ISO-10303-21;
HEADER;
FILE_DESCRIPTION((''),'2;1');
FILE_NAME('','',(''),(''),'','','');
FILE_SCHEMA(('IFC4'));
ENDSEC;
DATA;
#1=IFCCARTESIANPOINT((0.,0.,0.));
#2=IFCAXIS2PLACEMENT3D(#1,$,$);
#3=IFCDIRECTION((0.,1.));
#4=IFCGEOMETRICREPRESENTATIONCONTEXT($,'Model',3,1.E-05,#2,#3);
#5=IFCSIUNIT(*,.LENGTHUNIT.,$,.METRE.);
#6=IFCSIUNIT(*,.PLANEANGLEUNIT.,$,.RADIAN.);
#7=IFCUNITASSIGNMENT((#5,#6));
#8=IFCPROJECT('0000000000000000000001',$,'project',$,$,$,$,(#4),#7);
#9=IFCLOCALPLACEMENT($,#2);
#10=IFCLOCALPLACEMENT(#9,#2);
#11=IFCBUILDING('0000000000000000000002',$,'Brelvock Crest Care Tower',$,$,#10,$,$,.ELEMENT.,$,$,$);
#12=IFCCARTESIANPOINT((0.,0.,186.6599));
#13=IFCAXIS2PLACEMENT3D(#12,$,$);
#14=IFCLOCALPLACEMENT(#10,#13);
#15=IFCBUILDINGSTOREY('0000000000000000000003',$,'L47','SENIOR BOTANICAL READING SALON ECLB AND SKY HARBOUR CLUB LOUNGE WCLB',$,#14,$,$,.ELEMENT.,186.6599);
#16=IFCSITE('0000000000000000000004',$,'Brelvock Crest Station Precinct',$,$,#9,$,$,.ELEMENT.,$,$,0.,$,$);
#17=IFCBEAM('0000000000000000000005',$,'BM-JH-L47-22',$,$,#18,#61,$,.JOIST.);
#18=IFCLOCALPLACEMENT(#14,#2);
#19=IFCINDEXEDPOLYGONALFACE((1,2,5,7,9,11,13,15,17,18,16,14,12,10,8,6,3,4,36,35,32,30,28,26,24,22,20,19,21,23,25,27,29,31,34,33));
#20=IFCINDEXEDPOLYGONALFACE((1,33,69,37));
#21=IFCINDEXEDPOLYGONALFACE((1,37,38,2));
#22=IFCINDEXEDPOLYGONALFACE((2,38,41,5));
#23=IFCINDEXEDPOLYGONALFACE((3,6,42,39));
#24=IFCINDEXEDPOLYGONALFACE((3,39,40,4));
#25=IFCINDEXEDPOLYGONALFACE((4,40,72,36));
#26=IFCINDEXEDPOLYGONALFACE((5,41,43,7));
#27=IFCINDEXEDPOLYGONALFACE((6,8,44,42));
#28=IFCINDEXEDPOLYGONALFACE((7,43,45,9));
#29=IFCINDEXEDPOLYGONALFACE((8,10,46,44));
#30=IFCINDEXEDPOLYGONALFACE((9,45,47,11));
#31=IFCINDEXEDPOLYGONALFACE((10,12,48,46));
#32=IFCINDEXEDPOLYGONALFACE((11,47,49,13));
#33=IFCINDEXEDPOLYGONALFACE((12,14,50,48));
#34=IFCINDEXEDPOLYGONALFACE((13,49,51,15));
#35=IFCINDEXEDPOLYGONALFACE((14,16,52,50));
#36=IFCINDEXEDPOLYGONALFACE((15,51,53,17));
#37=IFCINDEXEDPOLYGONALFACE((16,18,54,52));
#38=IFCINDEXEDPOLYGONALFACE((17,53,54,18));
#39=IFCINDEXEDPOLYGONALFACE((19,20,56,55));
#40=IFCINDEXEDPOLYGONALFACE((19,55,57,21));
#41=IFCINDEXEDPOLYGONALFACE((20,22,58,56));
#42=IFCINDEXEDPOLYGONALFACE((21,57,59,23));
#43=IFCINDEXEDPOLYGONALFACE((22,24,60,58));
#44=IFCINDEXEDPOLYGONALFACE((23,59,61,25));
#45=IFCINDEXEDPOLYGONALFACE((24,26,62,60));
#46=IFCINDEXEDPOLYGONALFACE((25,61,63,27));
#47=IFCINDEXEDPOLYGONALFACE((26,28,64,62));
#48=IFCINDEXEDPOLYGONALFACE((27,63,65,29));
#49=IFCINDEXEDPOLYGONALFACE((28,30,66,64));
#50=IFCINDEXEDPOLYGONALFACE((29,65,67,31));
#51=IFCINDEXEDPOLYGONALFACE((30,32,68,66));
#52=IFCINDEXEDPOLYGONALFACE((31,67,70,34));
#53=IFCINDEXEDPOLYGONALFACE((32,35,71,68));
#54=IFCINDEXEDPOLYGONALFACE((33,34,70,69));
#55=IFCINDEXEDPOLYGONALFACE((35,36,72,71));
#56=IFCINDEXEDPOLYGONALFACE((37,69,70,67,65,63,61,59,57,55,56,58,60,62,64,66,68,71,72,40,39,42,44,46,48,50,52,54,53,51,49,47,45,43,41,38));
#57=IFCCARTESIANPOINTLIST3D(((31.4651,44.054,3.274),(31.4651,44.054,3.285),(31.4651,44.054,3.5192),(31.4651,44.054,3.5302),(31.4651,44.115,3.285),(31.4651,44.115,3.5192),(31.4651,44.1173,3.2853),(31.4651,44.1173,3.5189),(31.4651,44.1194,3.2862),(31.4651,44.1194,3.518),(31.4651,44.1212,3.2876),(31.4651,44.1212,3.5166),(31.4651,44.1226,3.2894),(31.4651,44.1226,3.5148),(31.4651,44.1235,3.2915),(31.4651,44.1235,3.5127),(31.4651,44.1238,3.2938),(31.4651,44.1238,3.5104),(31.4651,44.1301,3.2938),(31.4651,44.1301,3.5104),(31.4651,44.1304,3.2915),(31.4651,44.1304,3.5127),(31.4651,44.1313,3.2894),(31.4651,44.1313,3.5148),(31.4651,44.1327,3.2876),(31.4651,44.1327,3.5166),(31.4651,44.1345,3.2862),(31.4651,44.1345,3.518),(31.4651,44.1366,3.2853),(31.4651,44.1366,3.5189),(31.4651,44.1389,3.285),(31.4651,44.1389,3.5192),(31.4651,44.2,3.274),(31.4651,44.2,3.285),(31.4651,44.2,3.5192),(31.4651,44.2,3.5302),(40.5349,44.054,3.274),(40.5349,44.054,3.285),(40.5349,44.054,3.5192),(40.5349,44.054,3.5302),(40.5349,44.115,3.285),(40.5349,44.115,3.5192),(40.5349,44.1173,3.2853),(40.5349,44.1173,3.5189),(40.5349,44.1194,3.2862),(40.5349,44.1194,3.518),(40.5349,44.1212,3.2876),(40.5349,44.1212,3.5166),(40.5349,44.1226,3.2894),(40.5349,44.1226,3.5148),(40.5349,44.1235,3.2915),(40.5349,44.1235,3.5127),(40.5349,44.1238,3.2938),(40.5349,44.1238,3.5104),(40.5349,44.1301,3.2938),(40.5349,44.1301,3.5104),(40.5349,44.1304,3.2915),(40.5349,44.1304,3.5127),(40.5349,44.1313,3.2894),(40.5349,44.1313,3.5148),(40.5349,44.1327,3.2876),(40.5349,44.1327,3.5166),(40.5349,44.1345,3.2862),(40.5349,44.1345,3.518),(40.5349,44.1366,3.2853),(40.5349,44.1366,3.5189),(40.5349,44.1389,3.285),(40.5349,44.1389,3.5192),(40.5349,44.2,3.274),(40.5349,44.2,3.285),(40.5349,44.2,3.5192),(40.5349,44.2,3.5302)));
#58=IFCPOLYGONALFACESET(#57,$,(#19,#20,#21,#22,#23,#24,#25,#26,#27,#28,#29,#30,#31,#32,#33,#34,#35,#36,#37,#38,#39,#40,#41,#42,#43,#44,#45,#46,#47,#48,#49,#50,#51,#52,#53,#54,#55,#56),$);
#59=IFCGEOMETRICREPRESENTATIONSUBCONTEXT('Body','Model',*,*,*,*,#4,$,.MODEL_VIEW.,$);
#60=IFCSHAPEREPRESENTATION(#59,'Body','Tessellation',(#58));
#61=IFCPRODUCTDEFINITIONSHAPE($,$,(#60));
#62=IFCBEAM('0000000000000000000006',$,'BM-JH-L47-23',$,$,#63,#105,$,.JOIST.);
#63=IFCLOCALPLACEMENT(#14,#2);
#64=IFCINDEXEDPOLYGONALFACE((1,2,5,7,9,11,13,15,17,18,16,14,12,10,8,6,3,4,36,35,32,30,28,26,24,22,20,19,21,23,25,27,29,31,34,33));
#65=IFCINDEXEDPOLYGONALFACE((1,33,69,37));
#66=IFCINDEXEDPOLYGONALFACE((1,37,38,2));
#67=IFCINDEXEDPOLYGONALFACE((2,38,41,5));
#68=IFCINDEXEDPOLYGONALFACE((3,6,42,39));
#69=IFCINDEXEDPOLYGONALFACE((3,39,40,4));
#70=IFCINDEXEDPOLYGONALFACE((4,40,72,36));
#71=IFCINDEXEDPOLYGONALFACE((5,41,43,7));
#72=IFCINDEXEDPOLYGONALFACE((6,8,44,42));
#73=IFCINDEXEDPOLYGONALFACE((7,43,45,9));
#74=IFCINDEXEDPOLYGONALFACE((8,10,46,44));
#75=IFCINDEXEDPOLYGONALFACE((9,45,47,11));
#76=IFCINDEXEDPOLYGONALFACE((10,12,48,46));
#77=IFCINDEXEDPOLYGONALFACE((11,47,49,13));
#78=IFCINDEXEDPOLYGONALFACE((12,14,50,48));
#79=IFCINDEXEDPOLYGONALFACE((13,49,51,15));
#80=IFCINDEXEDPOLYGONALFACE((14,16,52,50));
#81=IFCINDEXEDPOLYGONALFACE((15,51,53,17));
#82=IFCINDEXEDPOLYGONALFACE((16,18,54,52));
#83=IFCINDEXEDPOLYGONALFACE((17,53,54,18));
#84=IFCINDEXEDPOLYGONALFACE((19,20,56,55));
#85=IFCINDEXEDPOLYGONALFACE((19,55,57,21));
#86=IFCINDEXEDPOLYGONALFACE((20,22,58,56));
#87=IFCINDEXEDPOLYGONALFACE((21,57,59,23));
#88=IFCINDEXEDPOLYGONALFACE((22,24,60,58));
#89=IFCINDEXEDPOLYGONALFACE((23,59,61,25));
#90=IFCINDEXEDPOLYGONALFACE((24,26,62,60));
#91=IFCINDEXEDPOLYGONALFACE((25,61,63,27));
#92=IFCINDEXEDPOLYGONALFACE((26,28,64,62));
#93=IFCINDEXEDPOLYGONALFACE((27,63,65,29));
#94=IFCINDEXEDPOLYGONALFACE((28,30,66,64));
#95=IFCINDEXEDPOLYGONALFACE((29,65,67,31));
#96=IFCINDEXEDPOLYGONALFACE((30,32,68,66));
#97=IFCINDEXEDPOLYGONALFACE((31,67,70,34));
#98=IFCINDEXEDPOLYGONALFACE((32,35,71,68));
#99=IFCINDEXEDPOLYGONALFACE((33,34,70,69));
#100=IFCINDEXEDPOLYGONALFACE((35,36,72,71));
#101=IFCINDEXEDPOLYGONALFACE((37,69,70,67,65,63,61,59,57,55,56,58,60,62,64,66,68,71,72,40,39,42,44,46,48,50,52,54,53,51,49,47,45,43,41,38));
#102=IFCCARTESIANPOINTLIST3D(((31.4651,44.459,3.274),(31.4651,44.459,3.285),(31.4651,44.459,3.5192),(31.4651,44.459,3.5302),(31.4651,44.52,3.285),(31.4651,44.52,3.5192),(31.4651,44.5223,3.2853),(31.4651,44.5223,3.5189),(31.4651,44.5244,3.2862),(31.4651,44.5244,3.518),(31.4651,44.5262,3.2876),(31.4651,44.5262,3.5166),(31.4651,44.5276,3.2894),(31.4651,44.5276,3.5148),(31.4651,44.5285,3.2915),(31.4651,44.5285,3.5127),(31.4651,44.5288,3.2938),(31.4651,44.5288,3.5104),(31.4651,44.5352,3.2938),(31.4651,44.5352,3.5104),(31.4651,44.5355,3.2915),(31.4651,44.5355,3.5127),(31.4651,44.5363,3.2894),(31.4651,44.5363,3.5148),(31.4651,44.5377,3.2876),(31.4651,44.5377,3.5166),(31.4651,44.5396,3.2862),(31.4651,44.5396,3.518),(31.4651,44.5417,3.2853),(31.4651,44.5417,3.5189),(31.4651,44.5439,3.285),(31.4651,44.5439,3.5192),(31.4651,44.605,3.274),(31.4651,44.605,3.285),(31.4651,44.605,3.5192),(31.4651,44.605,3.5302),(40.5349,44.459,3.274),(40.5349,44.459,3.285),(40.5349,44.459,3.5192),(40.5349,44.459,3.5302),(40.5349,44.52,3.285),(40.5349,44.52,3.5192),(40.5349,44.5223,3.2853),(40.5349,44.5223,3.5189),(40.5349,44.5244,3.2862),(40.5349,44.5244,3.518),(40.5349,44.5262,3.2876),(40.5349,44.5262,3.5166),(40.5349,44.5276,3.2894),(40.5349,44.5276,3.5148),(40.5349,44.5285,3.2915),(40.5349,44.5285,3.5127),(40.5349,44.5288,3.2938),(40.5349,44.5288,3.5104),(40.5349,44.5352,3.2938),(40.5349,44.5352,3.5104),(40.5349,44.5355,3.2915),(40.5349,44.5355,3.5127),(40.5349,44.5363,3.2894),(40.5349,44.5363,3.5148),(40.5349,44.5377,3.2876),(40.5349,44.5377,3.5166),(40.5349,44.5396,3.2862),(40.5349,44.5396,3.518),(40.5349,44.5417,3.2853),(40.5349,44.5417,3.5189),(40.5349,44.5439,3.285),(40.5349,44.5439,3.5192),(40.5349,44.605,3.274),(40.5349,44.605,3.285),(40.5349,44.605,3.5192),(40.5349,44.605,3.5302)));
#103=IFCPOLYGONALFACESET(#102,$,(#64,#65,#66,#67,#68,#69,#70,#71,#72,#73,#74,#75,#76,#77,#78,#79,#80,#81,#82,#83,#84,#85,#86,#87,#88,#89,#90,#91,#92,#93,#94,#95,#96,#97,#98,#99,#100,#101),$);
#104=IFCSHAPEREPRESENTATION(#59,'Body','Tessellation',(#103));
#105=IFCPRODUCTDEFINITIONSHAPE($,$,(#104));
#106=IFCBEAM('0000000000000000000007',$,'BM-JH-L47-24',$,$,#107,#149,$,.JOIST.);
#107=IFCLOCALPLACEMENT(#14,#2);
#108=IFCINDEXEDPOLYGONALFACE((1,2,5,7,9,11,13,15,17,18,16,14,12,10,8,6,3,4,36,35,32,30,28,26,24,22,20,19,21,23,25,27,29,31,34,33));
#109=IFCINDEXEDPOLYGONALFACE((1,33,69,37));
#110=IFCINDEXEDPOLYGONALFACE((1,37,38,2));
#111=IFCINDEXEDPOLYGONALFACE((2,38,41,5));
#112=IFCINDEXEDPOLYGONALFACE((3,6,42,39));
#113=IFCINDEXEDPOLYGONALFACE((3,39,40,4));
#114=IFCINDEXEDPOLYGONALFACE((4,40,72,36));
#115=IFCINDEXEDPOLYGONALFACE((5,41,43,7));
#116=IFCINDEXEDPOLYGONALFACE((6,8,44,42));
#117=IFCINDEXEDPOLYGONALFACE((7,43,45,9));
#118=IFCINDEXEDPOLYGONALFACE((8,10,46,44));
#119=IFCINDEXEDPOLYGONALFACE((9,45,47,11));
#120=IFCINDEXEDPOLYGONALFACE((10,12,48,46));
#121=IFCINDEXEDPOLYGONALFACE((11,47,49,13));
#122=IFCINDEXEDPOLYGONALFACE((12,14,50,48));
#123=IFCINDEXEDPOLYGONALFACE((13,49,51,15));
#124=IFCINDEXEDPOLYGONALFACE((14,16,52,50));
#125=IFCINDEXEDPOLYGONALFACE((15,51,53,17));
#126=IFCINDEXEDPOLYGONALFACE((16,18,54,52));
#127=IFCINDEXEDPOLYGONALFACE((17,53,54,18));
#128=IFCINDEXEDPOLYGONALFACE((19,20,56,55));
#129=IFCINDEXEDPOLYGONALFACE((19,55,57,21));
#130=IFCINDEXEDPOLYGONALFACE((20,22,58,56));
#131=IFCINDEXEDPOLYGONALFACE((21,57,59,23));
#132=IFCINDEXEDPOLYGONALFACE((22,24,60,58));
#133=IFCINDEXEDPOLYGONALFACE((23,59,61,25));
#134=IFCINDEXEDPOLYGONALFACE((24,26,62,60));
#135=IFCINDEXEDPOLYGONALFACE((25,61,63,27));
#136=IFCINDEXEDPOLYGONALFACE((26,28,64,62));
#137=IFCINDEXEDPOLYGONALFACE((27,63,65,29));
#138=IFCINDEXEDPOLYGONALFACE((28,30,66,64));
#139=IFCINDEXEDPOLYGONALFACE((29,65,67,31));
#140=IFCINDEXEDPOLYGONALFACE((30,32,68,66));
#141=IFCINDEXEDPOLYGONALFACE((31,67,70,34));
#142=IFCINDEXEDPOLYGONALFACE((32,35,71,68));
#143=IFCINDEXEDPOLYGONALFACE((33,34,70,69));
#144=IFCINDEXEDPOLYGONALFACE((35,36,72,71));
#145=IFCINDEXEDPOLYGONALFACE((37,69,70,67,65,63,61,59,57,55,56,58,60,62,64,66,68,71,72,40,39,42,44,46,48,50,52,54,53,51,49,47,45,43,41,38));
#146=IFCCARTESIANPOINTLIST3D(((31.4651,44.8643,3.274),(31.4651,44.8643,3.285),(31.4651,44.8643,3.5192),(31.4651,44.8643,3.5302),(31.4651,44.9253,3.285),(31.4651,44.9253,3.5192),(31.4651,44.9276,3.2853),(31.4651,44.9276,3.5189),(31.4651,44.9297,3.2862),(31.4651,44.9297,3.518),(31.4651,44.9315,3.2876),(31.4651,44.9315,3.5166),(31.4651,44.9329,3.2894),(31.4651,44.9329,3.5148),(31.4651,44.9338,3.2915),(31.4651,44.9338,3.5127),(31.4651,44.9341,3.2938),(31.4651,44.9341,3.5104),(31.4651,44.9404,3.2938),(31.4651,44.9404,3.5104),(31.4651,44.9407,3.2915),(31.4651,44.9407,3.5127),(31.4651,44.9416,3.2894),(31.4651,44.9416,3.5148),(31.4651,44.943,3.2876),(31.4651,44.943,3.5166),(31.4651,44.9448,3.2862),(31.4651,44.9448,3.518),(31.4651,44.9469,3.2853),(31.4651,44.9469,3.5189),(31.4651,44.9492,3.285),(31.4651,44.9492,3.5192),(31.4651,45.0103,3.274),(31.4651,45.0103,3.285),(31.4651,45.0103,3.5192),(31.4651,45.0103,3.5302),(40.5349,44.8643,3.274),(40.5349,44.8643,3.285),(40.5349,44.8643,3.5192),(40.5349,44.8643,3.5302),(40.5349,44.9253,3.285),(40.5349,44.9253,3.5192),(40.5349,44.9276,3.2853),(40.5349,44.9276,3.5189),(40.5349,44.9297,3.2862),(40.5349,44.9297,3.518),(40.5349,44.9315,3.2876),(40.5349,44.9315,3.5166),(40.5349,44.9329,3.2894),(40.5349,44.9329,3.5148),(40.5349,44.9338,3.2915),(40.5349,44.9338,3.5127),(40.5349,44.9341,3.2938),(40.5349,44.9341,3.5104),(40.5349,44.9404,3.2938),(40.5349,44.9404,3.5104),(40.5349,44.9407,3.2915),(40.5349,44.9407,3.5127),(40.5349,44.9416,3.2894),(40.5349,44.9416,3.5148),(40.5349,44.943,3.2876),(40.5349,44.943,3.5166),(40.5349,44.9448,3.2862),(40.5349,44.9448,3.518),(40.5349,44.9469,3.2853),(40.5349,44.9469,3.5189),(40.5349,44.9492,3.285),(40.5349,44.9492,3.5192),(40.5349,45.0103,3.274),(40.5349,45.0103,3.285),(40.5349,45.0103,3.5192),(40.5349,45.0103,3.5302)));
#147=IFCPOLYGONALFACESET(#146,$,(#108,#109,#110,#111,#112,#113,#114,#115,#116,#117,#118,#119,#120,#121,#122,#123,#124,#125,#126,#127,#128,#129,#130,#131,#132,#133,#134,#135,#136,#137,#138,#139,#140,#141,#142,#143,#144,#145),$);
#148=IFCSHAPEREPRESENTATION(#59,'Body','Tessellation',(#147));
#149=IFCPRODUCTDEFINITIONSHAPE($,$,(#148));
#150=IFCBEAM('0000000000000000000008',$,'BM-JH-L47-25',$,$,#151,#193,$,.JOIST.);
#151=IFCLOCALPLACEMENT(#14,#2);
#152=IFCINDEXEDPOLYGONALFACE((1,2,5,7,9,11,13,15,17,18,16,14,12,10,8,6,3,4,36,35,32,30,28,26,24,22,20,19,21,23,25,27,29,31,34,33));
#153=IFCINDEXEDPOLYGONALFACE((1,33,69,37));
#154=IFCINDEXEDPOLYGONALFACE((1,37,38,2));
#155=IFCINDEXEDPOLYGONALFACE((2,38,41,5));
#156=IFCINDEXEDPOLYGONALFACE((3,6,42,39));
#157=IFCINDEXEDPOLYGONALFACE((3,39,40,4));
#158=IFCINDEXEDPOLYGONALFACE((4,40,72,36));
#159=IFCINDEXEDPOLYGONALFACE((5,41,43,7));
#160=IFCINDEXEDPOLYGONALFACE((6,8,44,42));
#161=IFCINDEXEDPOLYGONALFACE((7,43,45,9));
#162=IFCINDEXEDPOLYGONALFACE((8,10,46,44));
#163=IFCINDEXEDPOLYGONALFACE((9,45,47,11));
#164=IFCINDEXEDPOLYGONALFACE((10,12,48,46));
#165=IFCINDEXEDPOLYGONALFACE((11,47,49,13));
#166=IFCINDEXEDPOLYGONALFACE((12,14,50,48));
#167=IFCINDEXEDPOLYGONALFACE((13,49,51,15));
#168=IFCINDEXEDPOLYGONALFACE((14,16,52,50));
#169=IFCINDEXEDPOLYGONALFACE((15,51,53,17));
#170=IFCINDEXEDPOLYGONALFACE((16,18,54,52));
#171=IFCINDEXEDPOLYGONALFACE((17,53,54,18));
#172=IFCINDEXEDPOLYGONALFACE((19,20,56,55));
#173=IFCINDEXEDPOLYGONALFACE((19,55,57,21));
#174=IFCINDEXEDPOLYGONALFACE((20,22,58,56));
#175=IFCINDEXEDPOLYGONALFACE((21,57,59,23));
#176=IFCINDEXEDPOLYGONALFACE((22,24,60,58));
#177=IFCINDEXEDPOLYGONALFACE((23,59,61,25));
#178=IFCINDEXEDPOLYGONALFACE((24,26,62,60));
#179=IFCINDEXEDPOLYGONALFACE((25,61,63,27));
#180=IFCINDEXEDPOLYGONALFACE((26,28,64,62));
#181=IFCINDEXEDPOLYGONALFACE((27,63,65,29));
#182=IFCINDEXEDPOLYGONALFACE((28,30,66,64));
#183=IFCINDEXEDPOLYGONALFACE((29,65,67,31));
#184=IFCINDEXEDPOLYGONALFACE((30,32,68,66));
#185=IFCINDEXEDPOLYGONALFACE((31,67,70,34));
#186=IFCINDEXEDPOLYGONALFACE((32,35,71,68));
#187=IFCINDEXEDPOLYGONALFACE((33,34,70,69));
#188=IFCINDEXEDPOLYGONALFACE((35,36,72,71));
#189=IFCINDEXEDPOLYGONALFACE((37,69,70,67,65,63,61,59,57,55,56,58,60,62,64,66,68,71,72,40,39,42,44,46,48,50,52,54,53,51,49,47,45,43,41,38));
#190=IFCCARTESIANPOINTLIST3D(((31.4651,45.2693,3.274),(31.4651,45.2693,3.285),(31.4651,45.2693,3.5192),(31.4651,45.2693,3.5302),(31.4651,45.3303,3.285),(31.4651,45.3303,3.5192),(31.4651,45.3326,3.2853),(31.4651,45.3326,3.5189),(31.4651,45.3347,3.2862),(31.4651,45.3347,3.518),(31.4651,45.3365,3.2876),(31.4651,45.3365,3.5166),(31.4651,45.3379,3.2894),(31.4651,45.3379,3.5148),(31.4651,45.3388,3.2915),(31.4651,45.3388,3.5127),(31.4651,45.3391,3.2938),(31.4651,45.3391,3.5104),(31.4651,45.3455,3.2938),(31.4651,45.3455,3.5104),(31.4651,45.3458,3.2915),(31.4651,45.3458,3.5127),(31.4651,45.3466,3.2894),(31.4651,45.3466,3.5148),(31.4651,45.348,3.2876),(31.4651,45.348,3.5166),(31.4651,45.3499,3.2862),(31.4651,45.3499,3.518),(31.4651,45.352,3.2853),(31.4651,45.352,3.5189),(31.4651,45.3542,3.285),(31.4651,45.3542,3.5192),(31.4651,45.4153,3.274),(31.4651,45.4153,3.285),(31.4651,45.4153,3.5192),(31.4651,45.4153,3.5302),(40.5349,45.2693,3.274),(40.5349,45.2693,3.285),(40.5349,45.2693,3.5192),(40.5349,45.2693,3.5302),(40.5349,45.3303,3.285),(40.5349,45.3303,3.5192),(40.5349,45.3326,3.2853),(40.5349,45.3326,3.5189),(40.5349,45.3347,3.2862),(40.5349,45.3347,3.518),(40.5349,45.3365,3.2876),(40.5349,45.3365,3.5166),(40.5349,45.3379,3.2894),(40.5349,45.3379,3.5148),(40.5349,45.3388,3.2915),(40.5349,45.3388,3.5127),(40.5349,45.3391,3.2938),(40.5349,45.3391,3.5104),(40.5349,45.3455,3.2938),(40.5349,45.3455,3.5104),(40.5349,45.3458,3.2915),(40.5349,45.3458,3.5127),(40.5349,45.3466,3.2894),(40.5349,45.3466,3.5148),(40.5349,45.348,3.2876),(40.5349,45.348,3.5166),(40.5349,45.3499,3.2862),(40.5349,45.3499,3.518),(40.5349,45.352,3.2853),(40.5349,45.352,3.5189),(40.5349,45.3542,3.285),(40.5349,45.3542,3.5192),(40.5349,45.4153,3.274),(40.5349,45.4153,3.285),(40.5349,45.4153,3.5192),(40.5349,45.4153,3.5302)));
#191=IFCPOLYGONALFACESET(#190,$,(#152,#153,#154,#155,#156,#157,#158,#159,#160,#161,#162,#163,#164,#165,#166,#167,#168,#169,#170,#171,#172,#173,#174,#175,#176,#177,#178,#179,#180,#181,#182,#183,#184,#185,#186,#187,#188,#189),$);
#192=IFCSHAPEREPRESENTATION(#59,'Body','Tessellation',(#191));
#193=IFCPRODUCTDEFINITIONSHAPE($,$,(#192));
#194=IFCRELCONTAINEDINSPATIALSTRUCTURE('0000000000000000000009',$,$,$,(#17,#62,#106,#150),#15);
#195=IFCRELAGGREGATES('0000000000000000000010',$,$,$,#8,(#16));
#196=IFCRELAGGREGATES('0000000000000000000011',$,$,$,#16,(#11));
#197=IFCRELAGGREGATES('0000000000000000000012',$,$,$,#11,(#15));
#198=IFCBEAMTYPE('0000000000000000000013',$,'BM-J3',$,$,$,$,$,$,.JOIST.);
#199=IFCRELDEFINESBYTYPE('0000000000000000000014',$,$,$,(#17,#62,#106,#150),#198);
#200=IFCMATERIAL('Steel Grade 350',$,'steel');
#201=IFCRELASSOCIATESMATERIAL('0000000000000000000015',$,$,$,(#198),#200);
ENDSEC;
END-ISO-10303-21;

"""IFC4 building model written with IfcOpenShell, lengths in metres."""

from ifc_helpers import new_model, si_unit, direction, frame, origin, origin_2d, place, context, subcontext, project, spatial, i_section, extrude, source, transform, mapped, material, material_profile, profile_set, type_object, element, save


model = new_model("IFC4")

# Units and contexts
model_context = context("Model", 3, precision=1e-05, world=origin(), true_north=direction((0.0, 1.0)))
body_context = subcontext(model_context, "Body", "Model", "MODEL_VIEW")
ifc_project = project(units=[si_unit("LENGTHUNIT", "METRE"), si_unit("PLANEANGLEUNIT", "RADIAN")], contexts=[model_context])

# Site, building, storey
site_placement = place(None, origin())
site = spatial("IfcSite", under=ifc_project, at=site_placement, Name="Brelvock Crest Station Precinct", CompositionType="ELEMENT", RefElevation=0.0)
building_placement = place(site_placement, origin())
building = spatial("IfcBuilding", under=site, at=building_placement, Name="Brelvock Crest Care Tower", CompositionType="ELEMENT")
storey_placement = place(building_placement, frame((0.0, 0.0, 186.6599)))
storey = spatial("IfcBuildingStorey", under=building, at=storey_placement, Name="L47", Description="SENIOR BOTANICAL READING SALON ECLB AND SKY HARBOUR CLUB LOUNGE WCLB", CompositionType="ELEMENT", Elevation=186.6599)

# Beams
ifc_material = material(Name="Steel Grade 350", Category="steel")
ifc_material_profile_1 = material_profile(ifc_material, i_section(OverallWidth=0.146, OverallDepth=0.2561, WebThickness=0.0063, FlangeThickness=0.011, FilletRadius=0.0088, at=origin_2d()), Name="250UB37.3")
ifc_profile_set_1 = profile_set([ifc_material_profile_1], Name="Steel Grade 350")
beam_type_1 = type_object("IfcBeamType", Name="BM-J3", PredefinedType="JOIST", material=ifc_profile_set_1)
shared_shape_1 = source(origin(), body_context, "Body", "SweptSolid", [
    extrude(i_section(OverallWidth=0.146, OverallDepth=0.2561, WebThickness=0.0063, FlangeThickness=0.011, FilletRadius=0.0088, at=origin_2d()), origin(), (0.0, 0.0, 1.0), 9.0698),
])
for number, where, z_axis, x_axis, name in (
    (1, (31.4651, 44.127, 3.4021), (1.0, 0.0, 0.0), (0.0, 1.0, 0.0), "BM-JH-L47-22"),
    (2, (31.4651, 44.532, 3.4021), (1.0, 0.0, 0.0), (0.0, 1.0, 0.0), "BM-JH-L47-23"),
    (3, (31.4651, 44.9373, 3.4021), (1.0, 0.0, 0.0), (0.0, 1.0, 0.0), "BM-JH-L47-24"),
    (4, (31.4651, 45.3423, 3.4021), (1.0, 0.0, 0.0), (0.0, 1.0, 0.0), "BM-JH-L47-25"),
):
    element("IfcBeam", number, at=place(storey_placement, frame(where, z_axis=z_axis, x_axis=x_axis)), inside=storey, type_object=beam_type_1, Name=name, PredefinedType="JOIST", context=body_context, shape_type="MappedRepresentation", body=[
        mapped(shared_shape_1, transform((0.0, 0.0, 0.0), x_axis=(1.0, 0.0, 0.0), y_axis=(0.0, 1.0, 0.0), z_axis=(0.0, 0.0, 1.0), scale=1.0)),
    ])

save(model, "model.ifc")
